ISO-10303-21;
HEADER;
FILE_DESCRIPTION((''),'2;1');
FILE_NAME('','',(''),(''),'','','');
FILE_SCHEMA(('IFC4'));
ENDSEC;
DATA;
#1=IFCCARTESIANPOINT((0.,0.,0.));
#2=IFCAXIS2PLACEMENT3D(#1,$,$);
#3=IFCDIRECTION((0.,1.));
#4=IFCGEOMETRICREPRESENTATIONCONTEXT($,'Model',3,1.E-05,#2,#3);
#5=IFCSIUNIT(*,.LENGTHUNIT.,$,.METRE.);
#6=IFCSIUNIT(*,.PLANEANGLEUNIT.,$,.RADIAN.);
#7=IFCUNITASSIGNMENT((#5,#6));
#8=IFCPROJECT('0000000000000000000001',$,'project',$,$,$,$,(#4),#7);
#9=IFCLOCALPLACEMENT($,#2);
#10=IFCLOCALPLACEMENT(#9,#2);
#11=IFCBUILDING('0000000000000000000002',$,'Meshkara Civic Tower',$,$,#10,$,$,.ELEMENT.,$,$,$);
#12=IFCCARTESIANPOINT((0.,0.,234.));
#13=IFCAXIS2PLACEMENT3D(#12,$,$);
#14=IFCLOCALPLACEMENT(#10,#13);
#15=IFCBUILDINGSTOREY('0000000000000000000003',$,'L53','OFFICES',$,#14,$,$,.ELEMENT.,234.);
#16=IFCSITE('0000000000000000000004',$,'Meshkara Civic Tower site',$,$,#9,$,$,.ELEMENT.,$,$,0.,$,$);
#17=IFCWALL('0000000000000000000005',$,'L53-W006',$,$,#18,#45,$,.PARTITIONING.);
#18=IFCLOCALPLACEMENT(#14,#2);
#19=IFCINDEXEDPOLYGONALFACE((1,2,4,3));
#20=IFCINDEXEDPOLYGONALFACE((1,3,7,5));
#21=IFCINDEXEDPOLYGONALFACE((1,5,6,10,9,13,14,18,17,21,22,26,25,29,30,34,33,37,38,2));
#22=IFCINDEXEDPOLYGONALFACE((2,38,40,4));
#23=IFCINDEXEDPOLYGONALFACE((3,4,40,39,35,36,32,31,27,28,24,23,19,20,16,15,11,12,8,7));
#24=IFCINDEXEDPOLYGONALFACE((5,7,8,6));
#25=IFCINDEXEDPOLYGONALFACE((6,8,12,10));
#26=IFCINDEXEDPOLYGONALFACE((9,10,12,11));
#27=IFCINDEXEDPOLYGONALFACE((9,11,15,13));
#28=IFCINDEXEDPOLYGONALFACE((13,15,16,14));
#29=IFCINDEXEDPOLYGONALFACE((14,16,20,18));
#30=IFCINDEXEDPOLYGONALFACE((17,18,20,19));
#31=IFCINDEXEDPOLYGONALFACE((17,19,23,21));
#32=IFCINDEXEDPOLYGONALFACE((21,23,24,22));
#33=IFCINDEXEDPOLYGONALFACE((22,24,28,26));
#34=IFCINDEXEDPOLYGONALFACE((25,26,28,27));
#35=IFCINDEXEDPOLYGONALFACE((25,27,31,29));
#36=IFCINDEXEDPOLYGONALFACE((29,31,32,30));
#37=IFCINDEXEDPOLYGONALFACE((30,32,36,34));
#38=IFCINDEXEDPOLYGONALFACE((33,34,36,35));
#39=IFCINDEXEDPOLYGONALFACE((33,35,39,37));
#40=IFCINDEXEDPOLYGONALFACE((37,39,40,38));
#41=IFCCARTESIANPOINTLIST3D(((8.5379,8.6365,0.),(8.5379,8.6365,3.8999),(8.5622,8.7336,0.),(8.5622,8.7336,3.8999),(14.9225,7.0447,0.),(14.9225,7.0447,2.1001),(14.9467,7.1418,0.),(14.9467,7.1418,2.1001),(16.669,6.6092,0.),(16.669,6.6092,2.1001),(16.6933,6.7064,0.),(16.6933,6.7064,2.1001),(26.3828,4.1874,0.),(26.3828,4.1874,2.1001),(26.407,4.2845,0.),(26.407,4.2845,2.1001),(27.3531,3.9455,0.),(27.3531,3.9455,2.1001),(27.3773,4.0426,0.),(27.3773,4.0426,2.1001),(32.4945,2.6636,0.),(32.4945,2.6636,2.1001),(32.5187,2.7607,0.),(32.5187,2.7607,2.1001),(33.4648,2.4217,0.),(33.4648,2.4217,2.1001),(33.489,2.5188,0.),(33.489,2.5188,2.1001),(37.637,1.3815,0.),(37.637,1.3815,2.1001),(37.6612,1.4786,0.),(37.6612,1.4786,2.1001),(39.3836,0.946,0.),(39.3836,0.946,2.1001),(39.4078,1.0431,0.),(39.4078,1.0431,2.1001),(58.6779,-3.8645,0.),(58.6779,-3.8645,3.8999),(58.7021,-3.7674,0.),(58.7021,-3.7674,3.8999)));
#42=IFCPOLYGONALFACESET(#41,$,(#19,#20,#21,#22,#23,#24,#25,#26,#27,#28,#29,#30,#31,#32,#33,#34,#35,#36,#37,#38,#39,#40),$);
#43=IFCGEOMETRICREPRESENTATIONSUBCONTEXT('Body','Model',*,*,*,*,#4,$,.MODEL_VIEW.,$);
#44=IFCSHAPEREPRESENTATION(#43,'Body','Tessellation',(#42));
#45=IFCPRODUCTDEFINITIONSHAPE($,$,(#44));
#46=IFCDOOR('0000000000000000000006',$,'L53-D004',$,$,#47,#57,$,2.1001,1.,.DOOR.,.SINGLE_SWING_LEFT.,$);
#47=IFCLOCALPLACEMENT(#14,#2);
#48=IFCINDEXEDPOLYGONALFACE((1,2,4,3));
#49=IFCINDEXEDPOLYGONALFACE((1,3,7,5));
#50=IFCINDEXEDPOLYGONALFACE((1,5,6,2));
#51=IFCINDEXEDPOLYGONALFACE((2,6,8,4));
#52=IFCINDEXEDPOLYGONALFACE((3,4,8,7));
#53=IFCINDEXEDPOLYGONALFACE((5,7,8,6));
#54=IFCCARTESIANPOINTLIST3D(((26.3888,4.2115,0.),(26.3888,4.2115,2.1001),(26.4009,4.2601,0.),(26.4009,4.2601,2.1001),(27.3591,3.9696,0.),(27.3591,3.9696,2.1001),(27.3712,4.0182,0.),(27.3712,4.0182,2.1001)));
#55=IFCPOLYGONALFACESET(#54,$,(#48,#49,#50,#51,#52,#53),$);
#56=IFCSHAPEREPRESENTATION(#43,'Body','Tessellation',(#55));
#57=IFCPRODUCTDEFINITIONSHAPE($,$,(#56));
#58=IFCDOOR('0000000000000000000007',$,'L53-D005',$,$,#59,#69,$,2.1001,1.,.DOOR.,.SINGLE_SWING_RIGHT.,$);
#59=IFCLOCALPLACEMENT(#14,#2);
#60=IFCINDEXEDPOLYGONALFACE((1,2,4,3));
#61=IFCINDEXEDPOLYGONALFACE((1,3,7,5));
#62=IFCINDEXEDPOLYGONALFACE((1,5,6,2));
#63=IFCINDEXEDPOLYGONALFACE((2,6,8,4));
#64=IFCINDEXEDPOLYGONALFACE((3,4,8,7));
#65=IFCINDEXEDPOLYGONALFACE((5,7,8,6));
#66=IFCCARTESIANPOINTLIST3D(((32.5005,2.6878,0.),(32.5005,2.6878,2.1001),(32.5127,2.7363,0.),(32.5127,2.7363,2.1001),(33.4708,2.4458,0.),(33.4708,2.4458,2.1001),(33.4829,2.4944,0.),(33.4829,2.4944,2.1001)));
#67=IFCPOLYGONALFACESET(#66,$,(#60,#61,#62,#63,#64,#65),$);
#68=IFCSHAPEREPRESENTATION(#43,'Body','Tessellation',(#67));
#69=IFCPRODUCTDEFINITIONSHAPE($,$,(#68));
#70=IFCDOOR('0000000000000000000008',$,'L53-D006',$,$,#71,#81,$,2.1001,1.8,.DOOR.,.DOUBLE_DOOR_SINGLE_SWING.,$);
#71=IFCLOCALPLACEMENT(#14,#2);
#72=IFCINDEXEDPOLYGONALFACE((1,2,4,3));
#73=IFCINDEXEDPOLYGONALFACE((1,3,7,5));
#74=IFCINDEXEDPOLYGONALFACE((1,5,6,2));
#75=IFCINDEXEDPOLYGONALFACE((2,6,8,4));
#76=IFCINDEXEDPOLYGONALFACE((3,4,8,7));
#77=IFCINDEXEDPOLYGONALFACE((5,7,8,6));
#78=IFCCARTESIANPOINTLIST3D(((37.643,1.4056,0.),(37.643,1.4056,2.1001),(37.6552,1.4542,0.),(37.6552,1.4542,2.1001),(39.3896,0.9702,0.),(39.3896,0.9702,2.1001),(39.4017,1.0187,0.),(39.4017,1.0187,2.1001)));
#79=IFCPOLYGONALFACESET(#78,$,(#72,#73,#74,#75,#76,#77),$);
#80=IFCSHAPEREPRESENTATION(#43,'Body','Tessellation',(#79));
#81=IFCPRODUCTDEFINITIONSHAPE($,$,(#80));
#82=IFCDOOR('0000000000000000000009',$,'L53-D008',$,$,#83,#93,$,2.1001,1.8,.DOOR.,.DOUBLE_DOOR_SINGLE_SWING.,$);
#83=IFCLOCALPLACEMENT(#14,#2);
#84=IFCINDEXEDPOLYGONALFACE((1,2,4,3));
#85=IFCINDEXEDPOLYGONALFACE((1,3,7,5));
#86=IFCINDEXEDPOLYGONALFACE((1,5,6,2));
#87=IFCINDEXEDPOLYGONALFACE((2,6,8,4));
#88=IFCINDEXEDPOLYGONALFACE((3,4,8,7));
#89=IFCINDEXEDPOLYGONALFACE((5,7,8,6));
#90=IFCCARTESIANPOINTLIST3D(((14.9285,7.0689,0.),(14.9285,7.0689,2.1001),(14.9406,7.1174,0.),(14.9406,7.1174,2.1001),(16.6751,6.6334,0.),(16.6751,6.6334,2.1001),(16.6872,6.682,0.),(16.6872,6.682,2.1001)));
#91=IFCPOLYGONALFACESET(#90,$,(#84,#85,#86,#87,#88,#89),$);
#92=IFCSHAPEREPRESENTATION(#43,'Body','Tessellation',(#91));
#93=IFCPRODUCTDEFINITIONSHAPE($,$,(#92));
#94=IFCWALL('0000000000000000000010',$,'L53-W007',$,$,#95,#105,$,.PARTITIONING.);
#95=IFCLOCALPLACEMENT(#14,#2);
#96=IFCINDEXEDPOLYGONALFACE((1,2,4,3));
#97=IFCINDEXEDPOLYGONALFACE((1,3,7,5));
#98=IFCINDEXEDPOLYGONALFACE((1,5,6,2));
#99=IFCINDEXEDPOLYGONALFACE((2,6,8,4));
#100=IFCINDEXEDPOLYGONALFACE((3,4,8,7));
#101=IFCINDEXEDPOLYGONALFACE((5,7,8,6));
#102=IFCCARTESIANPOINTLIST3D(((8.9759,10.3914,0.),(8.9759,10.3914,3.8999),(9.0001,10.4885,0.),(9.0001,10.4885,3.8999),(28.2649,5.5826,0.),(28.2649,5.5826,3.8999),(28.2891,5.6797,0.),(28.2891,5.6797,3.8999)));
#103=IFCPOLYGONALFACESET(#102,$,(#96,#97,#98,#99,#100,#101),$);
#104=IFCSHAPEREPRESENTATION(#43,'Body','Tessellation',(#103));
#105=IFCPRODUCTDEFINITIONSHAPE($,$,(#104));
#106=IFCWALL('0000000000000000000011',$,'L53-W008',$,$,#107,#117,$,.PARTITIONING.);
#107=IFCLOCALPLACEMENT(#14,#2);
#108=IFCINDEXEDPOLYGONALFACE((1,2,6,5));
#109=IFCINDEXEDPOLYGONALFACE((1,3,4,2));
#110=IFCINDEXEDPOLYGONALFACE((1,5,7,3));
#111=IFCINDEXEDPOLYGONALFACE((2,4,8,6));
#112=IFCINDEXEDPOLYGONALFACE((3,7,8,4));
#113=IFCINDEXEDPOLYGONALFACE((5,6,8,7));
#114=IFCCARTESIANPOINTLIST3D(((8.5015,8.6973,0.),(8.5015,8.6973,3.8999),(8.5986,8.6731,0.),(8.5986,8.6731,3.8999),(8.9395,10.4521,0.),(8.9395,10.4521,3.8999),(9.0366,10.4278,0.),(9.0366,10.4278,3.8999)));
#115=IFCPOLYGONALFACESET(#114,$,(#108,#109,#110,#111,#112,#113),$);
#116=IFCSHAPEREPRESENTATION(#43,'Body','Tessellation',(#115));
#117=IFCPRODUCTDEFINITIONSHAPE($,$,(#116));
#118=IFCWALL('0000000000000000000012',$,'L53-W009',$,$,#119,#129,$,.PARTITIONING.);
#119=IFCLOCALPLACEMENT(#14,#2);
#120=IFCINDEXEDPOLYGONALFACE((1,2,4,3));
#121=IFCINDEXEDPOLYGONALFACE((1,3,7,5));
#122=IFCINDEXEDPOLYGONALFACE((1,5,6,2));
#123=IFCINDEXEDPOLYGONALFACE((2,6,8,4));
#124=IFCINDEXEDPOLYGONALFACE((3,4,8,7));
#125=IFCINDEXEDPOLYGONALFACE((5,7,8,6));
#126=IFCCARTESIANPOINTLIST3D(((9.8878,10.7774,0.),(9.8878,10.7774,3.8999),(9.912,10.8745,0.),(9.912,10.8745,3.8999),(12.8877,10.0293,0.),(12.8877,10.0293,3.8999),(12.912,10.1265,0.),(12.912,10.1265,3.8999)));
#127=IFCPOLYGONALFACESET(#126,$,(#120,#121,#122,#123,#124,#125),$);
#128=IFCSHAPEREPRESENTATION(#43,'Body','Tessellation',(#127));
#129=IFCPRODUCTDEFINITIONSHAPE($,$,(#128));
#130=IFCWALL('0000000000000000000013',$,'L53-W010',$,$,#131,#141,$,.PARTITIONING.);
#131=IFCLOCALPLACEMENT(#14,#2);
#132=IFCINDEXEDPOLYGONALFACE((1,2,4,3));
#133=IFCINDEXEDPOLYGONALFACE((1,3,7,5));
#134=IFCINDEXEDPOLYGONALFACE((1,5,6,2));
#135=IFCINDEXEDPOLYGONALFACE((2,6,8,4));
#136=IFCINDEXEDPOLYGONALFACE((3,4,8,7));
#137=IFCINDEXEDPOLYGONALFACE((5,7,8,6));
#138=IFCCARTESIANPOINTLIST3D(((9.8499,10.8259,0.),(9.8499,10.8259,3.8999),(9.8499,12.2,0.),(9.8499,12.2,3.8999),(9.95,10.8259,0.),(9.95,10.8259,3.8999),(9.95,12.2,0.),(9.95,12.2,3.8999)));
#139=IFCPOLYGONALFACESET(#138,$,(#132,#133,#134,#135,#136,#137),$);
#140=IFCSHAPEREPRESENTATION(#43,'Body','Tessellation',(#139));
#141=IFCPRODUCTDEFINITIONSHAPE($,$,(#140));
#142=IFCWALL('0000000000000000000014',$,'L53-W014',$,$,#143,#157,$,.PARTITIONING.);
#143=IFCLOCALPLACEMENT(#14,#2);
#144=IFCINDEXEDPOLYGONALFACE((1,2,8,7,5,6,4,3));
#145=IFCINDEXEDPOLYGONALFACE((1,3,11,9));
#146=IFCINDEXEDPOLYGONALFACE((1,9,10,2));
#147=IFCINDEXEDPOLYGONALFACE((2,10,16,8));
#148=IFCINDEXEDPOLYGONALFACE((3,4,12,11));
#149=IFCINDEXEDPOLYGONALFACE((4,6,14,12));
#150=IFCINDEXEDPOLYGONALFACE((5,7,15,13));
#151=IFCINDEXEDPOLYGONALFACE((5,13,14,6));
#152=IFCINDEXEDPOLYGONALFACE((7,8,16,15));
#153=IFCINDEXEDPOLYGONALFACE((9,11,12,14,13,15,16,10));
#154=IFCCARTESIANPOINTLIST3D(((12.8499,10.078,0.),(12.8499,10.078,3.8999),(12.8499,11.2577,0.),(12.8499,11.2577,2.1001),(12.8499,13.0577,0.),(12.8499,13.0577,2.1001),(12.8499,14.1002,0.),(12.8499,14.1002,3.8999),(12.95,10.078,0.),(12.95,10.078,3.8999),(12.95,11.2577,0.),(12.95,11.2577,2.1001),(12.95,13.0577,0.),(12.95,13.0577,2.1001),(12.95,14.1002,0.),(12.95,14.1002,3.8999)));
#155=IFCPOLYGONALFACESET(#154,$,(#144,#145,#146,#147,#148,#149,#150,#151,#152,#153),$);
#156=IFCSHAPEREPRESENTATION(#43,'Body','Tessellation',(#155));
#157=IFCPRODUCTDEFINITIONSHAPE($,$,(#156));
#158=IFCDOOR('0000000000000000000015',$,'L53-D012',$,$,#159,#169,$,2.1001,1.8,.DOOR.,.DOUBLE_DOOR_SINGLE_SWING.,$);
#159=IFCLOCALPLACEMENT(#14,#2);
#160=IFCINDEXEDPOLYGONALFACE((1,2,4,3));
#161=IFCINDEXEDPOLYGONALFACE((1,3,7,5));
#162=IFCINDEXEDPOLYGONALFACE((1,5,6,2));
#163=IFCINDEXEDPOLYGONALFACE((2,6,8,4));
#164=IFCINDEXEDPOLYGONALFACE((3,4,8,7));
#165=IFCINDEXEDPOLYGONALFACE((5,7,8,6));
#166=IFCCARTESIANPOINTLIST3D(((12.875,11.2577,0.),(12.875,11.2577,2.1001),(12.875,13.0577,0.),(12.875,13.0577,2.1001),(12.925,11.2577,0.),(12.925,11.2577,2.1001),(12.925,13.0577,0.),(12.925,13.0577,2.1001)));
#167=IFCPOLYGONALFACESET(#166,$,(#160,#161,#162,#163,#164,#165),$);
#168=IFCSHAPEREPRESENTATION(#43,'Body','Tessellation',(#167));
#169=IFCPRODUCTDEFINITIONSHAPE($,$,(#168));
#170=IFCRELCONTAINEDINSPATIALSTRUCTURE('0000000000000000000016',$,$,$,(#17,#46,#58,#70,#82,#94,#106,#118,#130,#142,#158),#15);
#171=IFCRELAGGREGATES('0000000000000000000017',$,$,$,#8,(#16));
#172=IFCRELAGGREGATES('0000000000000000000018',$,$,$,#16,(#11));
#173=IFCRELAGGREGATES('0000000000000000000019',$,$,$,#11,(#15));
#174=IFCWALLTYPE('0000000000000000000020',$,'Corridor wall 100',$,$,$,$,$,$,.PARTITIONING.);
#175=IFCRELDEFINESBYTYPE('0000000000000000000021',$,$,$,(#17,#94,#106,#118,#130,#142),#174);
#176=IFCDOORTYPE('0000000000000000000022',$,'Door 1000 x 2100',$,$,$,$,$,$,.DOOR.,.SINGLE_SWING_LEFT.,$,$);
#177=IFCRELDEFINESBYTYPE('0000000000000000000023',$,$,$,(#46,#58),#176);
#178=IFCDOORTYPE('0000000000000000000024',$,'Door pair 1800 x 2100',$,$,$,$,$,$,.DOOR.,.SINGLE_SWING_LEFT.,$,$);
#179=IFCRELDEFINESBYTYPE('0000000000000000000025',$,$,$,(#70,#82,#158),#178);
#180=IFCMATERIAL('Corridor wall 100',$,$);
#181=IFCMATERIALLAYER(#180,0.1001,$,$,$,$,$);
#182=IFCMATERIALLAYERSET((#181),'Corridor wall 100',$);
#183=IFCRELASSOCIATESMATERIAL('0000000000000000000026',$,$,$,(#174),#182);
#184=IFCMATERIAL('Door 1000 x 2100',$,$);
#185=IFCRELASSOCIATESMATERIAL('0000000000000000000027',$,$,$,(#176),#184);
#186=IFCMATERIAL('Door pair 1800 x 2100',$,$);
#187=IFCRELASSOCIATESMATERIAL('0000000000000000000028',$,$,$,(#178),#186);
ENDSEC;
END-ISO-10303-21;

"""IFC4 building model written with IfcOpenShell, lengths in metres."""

from ifc_helpers import new_model, si_unit, direction, frame, frame_2d, origin, place, context, subcontext, project, spatial, rectangle, extrude, material, layer, layer_set, type_object, element, fill, save


model = new_model("IFC4")

# Units and contexts
model_context = context("Model", 3, precision=1e-05, world=origin(), true_north=direction((0.0, 1.0)))
body_context = subcontext(model_context, "Body", "Model", "MODEL_VIEW")
ifc_project = project(units=[si_unit("LENGTHUNIT", "METRE"), si_unit("PLANEANGLEUNIT", "RADIAN")], contexts=[model_context])

# Site, building, storey
site_placement = place(None, origin())
site = spatial("IfcSite", under=ifc_project, at=site_placement, Name="Meshkara Civic Tower site", CompositionType="ELEMENT", RefElevation=0.0)
building_placement = place(site_placement, origin())
building = spatial("IfcBuilding", under=site, at=building_placement, Name="Meshkara Civic Tower", CompositionType="ELEMENT")
storey_placement = place(building_placement, frame((0.0, 0.0, 234.0)))
storey = spatial("IfcBuildingStorey", under=building, at=storey_placement, Name="L53", Description="OFFICES", CompositionType="ELEMENT", Elevation=234.0)

# Shared definitions
ifc_material_1 = material(Name="Corridor wall 100")
ifc_layer_1 = layer(ifc_material_1, 0.1001)
ifc_layer_set_1 = layer_set([ifc_layer_1], Name="Corridor wall 100")
wall_type_1 = type_object("IfcWallType", Name="Corridor wall 100", PredefinedType="PARTITIONING", material=ifc_layer_set_1)

# Wall, openings, doors
wall_1_placement = place(storey_placement, frame((8.55, 8.6851, 0.0), z_axis=(0.0, 0.0, 1.0), x_axis=(0.970297, -0.241916, 0.0)))
wall_1 = element("IfcWall", 1, at=wall_1_placement, inside=storey, type_object=wall_type_1, Name="L53-W006", PredefinedType="PARTITIONING", context=body_context, shape_type="SweptSolid", body=[
    extrude(rectangle(XDim=51.6748, YDim=0.1001, at=frame_2d((25.8374, 0.0))), origin(), (0.0, 0.0, 1.0), 3.8999),
])
opening_1_placement = place(wall_1_placement, frame((18.3911, 0.0, 0.0)))
opening_1 = element("IfcOpeningElement", 2, at=opening_1_placement, cuts=wall_1, PredefinedType="OPENING", context=body_context, shape_type="SweptSolid", body=[
    extrude(rectangle(XDim=1.0, YDim=2.1001, at=frame_2d((0.5, 1.05))), frame((0.0, 0.0601, 0.0), z_axis=(0.0, -1.0, 0.0), x_axis=(1.0, 0.0, 0.0)), (0.0, 0.0, 1.0), 0.1201),
])
opening_2_placement = place(wall_1_placement, frame((24.6899, 0.0, 0.0)))
opening_2 = element("IfcOpeningElement", 3, at=opening_2_placement, cuts=wall_1, PredefinedType="OPENING", context=body_context, shape_type="SweptSolid", body=[
    extrude(rectangle(XDim=1.0, YDim=2.1001, at=frame_2d((0.5, 1.05))), frame((0.0, 0.0601, 0.0), z_axis=(0.0, -1.0, 0.0), x_axis=(1.0, 0.0, 0.0)), (0.0, 0.0, 1.0), 0.1201),
])
opening_3_placement = place(wall_1_placement, frame((29.99, 0.0, 0.0)))
opening_3 = element("IfcOpeningElement", 4, at=opening_3_placement, cuts=wall_1, PredefinedType="OPENING", context=body_context, shape_type="SweptSolid", body=[
    extrude(rectangle(XDim=1.8, YDim=2.1001, at=frame_2d((0.8999, 1.05))), frame((0.0, 0.0601, 0.0), z_axis=(0.0, -1.0, 0.0), x_axis=(1.0, 0.0, 0.0)), (0.0, 0.0, 1.0), 0.1201),
])
opening_4_placement = place(wall_1_placement, frame((6.5801, 0.0, 0.0)))
opening_4 = element("IfcOpeningElement", 5, at=opening_4_placement, cuts=wall_1, PredefinedType="OPENING", context=body_context, shape_type="SweptSolid", body=[
    extrude(rectangle(XDim=1.8, YDim=2.1001, at=frame_2d((0.8999, 1.05))), frame((0.0, 0.0601, 0.0), z_axis=(0.0, -1.0, 0.0), x_axis=(1.0, 0.0, 0.0)), (0.0, 0.0, 1.0), 0.1201),
])
ifc_material_2 = material(Name="Door 1000 x 2100")
door_type_1 = type_object("IfcDoorType", Name="Door 1000 x 2100", OperationType="SINGLE_SWING_LEFT", PredefinedType="DOOR", material=ifc_material_2)
door_1_placement = place(opening_1_placement, origin())
door_1 = element("IfcDoor", 6, at=door_1_placement, inside=storey, type_object=door_type_1, Name="L53-D004", OperationType="SINGLE_SWING_LEFT", OverallHeight=2.1001, OverallWidth=1.0, PredefinedType="DOOR", context=body_context, shape_type="SweptSolid", body=[
    extrude(rectangle(XDim=1.0, YDim=2.1001, at=frame_2d((0.5, 1.05))), frame((0.0, 0.0249, 0.0), z_axis=(0.0, -1.0, 0.0), x_axis=(1.0, 0.0, 0.0)), (0.0, 0.0, 1.0), 0.05),
])
fill(opening_1, door_1)
door_2_placement = place(opening_2_placement, origin())
door_2 = element("IfcDoor", 7, at=door_2_placement, inside=storey, type_object=door_type_1, Name="L53-D005", OperationType="SINGLE_SWING_RIGHT", OverallHeight=2.1001, OverallWidth=1.0, PredefinedType="DOOR", context=body_context, shape_type="SweptSolid", body=[
    extrude(rectangle(XDim=1.0, YDim=2.1001, at=frame_2d((0.5, 1.05))), frame((0.0, 0.0249, 0.0), z_axis=(0.0, -1.0, 0.0), x_axis=(1.0, 0.0, 0.0)), (0.0, 0.0, 1.0), 0.05),
])
fill(opening_2, door_2)
ifc_material_3 = material(Name="Door pair 1800 x 2100")
door_type_2 = type_object("IfcDoorType", Name="Door pair 1800 x 2100", OperationType="SINGLE_SWING_LEFT", PredefinedType="DOOR", material=ifc_material_3)
door_3_placement = place(opening_3_placement, origin())
door_3 = element("IfcDoor", 8, at=door_3_placement, inside=storey, type_object=door_type_2, Name="L53-D006", OperationType="DOUBLE_DOOR_SINGLE_SWING", OverallHeight=2.1001, OverallWidth=1.8, PredefinedType="DOOR", context=body_context, shape_type="SweptSolid", body=[
    extrude(rectangle(XDim=1.8, YDim=2.1001, at=frame_2d((0.8999, 1.05))), frame((0.0, 0.0249, 0.0), z_axis=(0.0, -1.0, 0.0), x_axis=(1.0, 0.0, 0.0)), (0.0, 0.0, 1.0), 0.05),
])
fill(opening_3, door_3)
door_4_placement = place(opening_4_placement, origin())
door_4 = element("IfcDoor", 9, at=door_4_placement, inside=storey, type_object=door_type_2, Name="L53-D008", OperationType="DOUBLE_DOOR_SINGLE_SWING", OverallHeight=2.1001, OverallWidth=1.8, PredefinedType="DOOR", context=body_context, shape_type="SweptSolid", body=[
    extrude(rectangle(XDim=1.8, YDim=2.1001, at=frame_2d((0.8999, 1.05))), frame((0.0, 0.0249, 0.0), z_axis=(0.0, -1.0, 0.0), x_axis=(1.0, 0.0, 0.0)), (0.0, 0.0, 1.0), 0.05),
])
fill(opening_4, door_4)

# Walls
wall_2_placement = place(storey_placement, frame((8.988, 10.4399, 0.0), z_axis=(0.0, 0.0, 1.0), x_axis=(0.970301, -0.2419, 0.0)))
element("IfcWall", 10, at=wall_2_placement, inside=storey, type_object=wall_type_1, Name="L53-W007", PredefinedType="PARTITIONING", context=body_context, shape_type="SweptSolid", body=[
    extrude(rectangle(XDim=19.8794, YDim=0.1001, at=frame_2d((9.9397, 0.0))), origin(), (0.0, 0.0, 1.0), 3.8999),
])
wall_3_placement = place(storey_placement, frame((8.988, 10.4399, 0.0), z_axis=(0.0, 0.0, 1.0), x_axis=(-0.242154, -0.970238, 0.0)))
element("IfcWall", 11, at=wall_3_placement, inside=storey, type_object=wall_type_1, Name="L53-W008", PredefinedType="PARTITIONING", context=body_context, shape_type="SweptSolid", body=[
    extrude(rectangle(XDim=1.8086, YDim=0.1001, at=frame_2d((0.9043, 0.0))), origin(), (0.0, 0.0, 1.0), 3.8999),
])
wall_4_placement = place(storey_placement, frame((9.8999, 10.8259, 0.0), z_axis=(0.0, 0.0, 1.0), x_axis=(0.970291, -0.241941, 0.0)))
element("IfcWall", 12, at=wall_4_placement, inside=storey, type_object=wall_type_1, Name="L53-W009", PredefinedType="PARTITIONING", context=body_context, shape_type="SweptSolid", body=[
    extrude(rectangle(XDim=3.0918, YDim=0.1001, at=frame_2d((1.5459, 0.0))), origin(), (0.0, 0.0, 1.0), 3.8999),
])
wall_5_placement = place(storey_placement, frame((9.8999, 12.2, 0.0), z_axis=(0.0, 0.0, 1.0), x_axis=(0.0, -1.0, 0.0)))
element("IfcWall", 13, at=wall_5_placement, inside=storey, type_object=wall_type_1, Name="L53-W010", PredefinedType="PARTITIONING", context=body_context, shape_type="SweptSolid", body=[
    extrude(rectangle(XDim=1.374, YDim=0.1001, at=frame_2d((0.687, 0.0))), origin(), (0.0, 0.0, 1.0), 3.8999),
])

# Wall, opening, door
wall_6_placement = place(storey_placement, frame((12.8999, 10.0779, 0.0), z_axis=(0.0, 0.0, 1.0), x_axis=(0.0, 1.0, 0.0)))
wall_6 = element("IfcWall", 14, at=wall_6_placement, inside=storey, type_object=wall_type_1, Name="L53-W014", PredefinedType="PARTITIONING", context=body_context, shape_type="SweptSolid", body=[
    extrude(rectangle(XDim=4.0222, YDim=0.1001, at=frame_2d((2.0112, 0.0))), origin(), (0.0, 0.0, 1.0), 3.8999),
])
opening_5_placement = place(wall_6_placement, frame((1.1799, 0.0, 0.0)))
opening_5 = element("IfcOpeningElement", 15, at=opening_5_placement, cuts=wall_6, PredefinedType="OPENING", context=body_context, shape_type="SweptSolid", body=[
    extrude(rectangle(XDim=1.8, YDim=2.1001, at=frame_2d((0.8999, 1.05))), frame((0.0, 0.0601, 0.0), z_axis=(0.0, -1.0, 0.0), x_axis=(1.0, 0.0, 0.0)), (0.0, 0.0, 1.0), 0.1201),
])
door_5_placement = place(opening_5_placement, origin())
door_5 = element("IfcDoor", 16, at=door_5_placement, inside=storey, type_object=door_type_2, Name="L53-D012", OperationType="DOUBLE_DOOR_SINGLE_SWING", OverallHeight=2.1001, OverallWidth=1.8, PredefinedType="DOOR", context=body_context, shape_type="SweptSolid", body=[
    extrude(rectangle(XDim=1.8, YDim=2.1001, at=frame_2d((0.8999, 1.05))), frame((0.0, 0.0249, 0.0), z_axis=(0.0, -1.0, 0.0), x_axis=(1.0, 0.0, 0.0)), (0.0, 0.0, 1.0), 0.05),
])
fill(opening_5, door_5)

save(model, "model.ifc")
